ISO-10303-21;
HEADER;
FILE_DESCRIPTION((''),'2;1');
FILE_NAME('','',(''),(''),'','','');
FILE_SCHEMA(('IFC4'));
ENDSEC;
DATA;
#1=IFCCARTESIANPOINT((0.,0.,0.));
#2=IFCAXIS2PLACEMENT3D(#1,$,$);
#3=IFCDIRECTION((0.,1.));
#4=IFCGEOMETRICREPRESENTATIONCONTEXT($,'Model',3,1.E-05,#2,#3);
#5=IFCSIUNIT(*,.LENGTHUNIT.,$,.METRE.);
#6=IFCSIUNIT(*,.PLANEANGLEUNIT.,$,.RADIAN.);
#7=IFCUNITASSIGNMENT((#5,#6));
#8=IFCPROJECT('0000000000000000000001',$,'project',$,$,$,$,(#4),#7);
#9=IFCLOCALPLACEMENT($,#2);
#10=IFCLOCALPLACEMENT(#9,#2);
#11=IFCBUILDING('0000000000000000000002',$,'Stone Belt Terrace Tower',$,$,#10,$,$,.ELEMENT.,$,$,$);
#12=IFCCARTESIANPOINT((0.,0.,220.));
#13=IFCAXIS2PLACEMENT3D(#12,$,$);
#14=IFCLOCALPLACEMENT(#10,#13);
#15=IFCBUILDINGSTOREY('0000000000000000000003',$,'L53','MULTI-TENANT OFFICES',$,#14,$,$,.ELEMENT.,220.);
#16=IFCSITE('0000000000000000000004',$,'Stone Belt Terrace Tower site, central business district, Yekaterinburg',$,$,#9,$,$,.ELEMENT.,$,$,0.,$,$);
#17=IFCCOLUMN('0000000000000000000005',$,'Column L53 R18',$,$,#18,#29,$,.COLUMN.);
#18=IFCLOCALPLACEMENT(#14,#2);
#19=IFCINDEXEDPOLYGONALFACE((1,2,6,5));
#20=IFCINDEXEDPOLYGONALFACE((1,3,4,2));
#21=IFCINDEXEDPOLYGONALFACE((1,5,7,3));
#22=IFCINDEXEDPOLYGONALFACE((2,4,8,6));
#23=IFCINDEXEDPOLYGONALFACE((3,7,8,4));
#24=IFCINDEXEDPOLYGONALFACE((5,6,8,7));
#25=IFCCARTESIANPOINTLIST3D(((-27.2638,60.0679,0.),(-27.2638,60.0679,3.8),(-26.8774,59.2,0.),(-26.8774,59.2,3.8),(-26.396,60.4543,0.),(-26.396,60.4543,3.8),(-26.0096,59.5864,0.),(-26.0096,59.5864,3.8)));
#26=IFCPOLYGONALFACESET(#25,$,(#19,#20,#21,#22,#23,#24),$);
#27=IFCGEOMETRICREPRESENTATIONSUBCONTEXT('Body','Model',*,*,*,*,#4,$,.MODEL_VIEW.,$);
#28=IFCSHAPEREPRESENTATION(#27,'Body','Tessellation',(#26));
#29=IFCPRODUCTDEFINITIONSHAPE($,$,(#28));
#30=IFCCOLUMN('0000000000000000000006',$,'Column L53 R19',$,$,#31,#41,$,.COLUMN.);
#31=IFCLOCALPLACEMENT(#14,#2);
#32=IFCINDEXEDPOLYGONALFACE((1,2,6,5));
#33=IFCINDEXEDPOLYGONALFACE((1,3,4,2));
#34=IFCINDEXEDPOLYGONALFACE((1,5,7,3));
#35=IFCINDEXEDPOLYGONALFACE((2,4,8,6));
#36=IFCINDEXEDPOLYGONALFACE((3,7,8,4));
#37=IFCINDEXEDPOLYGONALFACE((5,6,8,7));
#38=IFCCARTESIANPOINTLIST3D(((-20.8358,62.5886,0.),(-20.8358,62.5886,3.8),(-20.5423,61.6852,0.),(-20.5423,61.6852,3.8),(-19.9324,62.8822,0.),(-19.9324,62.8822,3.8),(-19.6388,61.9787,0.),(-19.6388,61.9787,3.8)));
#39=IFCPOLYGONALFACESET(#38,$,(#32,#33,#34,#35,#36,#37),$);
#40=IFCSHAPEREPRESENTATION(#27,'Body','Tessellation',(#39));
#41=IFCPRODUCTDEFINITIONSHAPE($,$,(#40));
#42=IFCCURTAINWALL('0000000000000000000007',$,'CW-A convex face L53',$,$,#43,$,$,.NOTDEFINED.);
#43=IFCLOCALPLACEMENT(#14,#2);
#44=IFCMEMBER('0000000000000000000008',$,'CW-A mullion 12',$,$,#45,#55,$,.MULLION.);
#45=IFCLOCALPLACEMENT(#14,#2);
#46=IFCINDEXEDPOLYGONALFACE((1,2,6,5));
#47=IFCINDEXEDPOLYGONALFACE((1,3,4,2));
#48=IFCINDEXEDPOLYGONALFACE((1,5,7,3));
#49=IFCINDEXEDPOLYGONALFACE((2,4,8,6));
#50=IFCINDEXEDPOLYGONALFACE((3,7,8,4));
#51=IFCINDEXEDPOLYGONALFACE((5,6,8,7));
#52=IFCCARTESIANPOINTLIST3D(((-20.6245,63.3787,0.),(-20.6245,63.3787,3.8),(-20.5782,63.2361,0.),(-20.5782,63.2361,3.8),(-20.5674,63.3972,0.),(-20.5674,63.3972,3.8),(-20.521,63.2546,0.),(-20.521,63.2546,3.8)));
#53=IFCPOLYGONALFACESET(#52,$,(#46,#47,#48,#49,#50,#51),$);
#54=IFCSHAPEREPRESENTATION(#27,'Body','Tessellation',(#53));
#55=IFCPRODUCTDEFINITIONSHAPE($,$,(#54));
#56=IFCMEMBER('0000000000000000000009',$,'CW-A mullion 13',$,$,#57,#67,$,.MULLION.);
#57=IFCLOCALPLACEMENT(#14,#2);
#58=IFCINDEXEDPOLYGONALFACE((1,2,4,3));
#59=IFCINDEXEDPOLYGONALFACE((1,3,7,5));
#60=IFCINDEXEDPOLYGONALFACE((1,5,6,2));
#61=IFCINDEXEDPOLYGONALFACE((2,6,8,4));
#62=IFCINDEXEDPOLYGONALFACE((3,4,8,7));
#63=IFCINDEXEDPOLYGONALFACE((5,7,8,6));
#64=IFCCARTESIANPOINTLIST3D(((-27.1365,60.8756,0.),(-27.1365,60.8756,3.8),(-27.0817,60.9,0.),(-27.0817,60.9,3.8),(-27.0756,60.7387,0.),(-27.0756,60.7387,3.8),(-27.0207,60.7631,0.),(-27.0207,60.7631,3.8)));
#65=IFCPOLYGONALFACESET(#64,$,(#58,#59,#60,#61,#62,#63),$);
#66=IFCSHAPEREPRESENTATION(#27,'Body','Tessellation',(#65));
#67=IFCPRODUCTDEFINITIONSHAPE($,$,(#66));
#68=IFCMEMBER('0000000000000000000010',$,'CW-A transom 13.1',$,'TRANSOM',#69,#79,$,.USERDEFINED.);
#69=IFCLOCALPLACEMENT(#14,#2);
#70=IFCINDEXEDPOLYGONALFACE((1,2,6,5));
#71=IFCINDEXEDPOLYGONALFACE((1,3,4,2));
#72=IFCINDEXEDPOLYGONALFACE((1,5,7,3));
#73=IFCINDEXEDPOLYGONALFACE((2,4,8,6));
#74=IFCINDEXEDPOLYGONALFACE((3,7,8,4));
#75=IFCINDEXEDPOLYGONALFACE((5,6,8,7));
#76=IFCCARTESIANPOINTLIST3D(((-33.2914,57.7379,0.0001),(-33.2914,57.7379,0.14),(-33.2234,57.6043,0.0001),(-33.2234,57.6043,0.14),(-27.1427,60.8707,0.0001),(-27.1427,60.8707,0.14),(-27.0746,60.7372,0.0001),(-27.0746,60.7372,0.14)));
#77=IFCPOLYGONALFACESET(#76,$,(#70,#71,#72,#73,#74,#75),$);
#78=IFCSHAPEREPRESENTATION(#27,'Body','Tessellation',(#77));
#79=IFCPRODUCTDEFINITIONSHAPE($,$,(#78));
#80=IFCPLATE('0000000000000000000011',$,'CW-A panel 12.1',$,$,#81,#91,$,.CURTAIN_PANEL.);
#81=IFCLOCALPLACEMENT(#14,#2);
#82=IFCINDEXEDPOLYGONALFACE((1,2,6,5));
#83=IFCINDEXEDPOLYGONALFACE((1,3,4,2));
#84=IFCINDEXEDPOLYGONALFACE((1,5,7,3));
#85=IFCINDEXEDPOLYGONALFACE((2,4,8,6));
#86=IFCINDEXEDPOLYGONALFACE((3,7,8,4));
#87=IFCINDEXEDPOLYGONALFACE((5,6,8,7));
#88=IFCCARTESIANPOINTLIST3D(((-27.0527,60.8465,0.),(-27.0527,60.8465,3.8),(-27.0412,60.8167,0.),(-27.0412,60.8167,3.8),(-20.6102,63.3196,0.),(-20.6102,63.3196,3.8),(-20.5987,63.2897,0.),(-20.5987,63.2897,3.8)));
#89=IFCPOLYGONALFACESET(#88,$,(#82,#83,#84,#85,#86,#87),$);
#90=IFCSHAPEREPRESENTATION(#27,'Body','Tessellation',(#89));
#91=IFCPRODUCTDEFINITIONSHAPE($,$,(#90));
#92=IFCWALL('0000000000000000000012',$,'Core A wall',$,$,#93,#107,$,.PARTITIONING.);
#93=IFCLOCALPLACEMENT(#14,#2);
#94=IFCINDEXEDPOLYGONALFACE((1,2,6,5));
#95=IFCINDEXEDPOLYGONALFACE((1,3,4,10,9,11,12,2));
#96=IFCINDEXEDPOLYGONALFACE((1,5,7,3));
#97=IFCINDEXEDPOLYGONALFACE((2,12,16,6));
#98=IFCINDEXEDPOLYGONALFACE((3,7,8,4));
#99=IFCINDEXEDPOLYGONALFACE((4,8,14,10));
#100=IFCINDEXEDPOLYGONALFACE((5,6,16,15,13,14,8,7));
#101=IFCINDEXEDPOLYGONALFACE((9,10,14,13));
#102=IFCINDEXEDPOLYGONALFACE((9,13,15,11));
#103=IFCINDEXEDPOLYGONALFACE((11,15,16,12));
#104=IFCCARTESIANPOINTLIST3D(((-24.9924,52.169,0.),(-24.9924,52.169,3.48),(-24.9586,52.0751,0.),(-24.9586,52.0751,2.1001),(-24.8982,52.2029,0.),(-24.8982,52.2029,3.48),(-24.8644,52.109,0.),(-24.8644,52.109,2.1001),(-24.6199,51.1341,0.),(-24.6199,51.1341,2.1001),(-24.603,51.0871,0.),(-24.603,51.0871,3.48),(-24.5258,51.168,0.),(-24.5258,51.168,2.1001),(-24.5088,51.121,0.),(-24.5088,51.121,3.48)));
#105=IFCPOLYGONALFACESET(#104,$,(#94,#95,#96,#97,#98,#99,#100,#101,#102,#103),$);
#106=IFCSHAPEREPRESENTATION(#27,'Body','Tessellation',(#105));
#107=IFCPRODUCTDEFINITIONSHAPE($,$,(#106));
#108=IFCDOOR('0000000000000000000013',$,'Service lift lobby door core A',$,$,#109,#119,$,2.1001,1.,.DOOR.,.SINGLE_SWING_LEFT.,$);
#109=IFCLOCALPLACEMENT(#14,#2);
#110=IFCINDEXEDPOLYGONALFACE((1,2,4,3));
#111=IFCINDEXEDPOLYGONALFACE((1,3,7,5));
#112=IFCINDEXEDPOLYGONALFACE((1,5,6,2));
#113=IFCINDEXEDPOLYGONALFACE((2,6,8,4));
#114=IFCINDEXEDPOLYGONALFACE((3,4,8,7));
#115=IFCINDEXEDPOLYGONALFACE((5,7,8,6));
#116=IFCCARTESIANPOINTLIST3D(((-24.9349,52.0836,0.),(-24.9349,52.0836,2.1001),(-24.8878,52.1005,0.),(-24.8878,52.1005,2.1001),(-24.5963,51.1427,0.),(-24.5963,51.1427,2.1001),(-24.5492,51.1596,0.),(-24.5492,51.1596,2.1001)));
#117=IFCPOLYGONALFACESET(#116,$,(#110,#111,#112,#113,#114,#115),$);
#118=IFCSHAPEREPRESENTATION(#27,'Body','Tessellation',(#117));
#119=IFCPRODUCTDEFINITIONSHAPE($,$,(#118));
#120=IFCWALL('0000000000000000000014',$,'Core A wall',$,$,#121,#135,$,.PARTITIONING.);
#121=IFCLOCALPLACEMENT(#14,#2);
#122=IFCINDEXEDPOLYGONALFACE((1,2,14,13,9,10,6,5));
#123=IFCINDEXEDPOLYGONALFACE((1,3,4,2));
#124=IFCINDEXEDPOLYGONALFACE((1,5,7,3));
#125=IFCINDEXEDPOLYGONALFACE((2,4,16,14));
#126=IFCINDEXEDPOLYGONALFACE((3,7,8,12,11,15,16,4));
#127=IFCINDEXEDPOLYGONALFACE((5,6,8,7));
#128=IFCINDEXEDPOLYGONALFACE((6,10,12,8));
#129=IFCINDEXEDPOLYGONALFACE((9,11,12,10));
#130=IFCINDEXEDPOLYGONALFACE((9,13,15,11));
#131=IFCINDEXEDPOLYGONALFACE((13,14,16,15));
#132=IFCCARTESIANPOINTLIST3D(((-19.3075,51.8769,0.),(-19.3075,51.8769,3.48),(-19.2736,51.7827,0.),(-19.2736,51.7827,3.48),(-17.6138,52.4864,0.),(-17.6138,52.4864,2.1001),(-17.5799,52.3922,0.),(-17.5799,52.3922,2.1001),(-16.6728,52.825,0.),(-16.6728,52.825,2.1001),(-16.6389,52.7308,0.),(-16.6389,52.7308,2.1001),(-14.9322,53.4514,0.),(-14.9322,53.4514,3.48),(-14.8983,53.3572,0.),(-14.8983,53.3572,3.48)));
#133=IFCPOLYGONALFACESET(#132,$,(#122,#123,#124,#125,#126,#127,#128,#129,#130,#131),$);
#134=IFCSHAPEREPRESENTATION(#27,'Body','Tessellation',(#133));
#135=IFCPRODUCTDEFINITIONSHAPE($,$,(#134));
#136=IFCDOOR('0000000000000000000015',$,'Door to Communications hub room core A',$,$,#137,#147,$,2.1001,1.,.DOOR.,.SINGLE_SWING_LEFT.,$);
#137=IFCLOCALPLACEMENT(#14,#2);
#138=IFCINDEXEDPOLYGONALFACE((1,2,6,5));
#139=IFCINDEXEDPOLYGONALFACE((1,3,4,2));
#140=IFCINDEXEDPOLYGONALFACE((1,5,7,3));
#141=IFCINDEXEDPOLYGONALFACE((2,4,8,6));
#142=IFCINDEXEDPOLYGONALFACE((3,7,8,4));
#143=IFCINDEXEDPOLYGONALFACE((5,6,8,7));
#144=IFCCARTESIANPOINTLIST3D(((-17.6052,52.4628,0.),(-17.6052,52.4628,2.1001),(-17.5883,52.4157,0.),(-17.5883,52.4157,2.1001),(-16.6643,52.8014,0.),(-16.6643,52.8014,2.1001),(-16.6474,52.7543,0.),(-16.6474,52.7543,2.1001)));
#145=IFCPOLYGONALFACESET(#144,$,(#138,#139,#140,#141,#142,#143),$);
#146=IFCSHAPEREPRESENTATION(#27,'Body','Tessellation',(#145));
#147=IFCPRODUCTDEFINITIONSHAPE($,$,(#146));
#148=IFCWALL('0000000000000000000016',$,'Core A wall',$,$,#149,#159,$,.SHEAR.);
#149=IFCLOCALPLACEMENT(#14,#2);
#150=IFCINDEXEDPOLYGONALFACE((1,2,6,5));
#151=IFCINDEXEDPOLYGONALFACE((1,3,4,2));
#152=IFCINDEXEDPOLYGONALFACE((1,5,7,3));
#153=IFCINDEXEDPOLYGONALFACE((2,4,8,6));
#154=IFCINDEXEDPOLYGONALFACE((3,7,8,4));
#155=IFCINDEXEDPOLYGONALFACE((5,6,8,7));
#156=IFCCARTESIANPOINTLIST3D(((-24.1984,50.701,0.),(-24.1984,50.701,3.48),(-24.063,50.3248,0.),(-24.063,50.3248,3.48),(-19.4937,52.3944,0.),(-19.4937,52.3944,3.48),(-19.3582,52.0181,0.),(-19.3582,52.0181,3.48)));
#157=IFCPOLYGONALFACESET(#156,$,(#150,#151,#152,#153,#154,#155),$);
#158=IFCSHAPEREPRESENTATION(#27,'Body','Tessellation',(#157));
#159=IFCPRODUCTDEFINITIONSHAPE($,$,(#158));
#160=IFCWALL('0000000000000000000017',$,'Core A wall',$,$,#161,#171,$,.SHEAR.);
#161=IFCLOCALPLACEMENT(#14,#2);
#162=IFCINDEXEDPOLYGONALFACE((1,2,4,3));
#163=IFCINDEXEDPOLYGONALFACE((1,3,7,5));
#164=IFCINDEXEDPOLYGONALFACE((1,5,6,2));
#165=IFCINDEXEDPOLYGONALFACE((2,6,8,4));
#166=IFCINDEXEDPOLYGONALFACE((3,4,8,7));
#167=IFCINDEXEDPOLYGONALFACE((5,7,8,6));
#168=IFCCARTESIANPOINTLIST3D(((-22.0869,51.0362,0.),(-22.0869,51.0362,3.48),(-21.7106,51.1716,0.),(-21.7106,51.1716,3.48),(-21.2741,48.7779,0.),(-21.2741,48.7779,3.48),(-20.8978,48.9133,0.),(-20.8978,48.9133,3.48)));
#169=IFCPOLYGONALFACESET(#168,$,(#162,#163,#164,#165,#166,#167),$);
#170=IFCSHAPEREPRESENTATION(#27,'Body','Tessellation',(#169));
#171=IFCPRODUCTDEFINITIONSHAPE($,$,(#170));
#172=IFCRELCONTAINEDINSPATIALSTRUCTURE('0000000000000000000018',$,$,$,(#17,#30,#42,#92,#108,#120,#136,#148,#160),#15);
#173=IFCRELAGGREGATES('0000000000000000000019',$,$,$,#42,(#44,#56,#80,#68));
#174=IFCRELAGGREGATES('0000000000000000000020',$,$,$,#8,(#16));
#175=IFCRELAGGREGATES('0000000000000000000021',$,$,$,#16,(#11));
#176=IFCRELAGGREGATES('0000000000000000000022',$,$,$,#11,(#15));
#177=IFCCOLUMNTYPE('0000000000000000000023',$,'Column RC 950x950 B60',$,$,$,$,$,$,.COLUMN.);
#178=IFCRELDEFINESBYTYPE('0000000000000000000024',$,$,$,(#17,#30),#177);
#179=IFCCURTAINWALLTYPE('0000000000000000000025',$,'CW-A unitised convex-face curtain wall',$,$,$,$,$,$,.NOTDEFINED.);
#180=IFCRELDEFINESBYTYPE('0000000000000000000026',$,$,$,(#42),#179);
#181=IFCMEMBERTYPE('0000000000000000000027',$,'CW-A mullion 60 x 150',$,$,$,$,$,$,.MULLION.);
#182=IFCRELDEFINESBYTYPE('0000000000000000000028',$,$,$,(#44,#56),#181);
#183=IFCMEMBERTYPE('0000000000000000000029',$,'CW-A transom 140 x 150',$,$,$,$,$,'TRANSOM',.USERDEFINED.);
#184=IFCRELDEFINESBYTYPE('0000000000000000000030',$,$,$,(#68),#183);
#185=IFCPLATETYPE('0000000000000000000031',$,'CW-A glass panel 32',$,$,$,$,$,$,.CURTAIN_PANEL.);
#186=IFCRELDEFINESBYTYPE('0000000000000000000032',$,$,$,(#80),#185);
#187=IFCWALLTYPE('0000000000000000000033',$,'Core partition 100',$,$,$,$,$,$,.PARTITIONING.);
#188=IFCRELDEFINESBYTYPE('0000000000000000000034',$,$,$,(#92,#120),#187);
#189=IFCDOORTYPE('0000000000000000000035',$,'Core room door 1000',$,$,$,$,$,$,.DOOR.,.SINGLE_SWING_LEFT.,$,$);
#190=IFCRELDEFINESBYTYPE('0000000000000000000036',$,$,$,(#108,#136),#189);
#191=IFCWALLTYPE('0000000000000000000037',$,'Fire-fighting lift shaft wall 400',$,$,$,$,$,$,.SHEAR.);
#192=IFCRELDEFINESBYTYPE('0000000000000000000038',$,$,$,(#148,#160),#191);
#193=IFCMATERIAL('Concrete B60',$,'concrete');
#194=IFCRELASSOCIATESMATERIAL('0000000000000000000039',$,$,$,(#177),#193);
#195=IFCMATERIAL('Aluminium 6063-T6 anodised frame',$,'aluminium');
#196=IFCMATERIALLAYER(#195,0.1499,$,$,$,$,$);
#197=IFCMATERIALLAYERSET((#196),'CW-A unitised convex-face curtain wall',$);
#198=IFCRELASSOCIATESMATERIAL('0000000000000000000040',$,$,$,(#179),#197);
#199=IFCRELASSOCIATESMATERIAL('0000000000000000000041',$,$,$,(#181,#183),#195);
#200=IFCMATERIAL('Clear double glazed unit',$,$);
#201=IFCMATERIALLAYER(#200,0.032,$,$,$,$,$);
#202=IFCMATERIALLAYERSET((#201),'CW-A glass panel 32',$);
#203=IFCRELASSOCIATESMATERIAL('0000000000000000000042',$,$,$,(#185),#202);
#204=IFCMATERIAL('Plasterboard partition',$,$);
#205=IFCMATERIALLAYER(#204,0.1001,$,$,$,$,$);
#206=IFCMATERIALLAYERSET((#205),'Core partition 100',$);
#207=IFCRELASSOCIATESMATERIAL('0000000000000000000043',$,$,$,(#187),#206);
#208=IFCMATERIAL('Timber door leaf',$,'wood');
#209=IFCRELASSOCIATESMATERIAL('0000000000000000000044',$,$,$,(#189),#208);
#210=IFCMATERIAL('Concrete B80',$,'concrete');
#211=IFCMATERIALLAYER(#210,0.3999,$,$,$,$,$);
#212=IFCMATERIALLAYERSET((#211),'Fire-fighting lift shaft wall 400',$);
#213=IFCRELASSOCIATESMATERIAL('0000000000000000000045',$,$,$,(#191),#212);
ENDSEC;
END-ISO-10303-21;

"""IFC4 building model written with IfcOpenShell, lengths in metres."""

from ifc_helpers import new_model, si_unit, direction, frame, frame_2d, origin, origin_2d, place, context, subcontext, project, spatial, rectangle, extrude, material, layer, layer_set, material_profile, profile_set, type_object, element, fill, aggregate, save


model = new_model("IFC4")

# Units and contexts
model_context = context("Model", 3, precision=1e-05, world=origin(), true_north=direction((0.0, 1.0)))
body_context = subcontext(model_context, "Body", "Model", "MODEL_VIEW")
ifc_project = project(units=[si_unit("LENGTHUNIT", "METRE"), si_unit("PLANEANGLEUNIT", "RADIAN")], contexts=[model_context])

# Site, building, storey
site_placement = place(None, origin())
site = spatial("IfcSite", under=ifc_project, at=site_placement, Name="Stone Belt Terrace Tower site, central business district, Yekaterinburg", CompositionType="ELEMENT", RefElevation=0.0)
building_placement = place(site_placement, origin())
building = spatial("IfcBuilding", under=site, at=building_placement, Name="Stone Belt Terrace Tower", CompositionType="ELEMENT")
storey_placement = place(building_placement, frame((0.0, 0.0, 220.0)))
storey = spatial("IfcBuildingStorey", under=building, at=storey_placement, Name="L53", Description="MULTI-TENANT OFFICES", CompositionType="ELEMENT", Elevation=220.0)

# Columns
ifc_material_1 = material(Name="Concrete B60", Category="concrete")
ifc_material_profile_1 = material_profile(ifc_material_1, rectangle(XDim=0.95, YDim=0.95, at=origin_2d()), Name="RC 950x950")
ifc_profile_set_1 = profile_set([ifc_material_profile_1], Name="Concrete B60")
column_type = type_object("IfcColumnType", Name="Column RC 950x950 B60", PredefinedType="COLUMN", material=ifc_profile_set_1)
for number, where, z_axis, x_axis, name in (
    (1, (-26.6367, 59.8271, 0.0), (0.0, 0.0, 1.0), (0.913545, 0.406737, 0.0), "Column L53 R18"),
    (2, (-20.2373, 62.2837, 0.0), (0.0, 0.0, 1.0), (0.951057, 0.309017, 0.0), "Column L53 R19"),
):
    element("IfcColumn", number, at=place(storey_placement, frame(where, z_axis=z_axis, x_axis=x_axis)), inside=storey, type_object=column_type, Name=name, PredefinedType="COLUMN", context=body_context, shape_type="SweptSolid", body=[
        extrude(rectangle(XDim=0.95, YDim=0.95, at=origin_2d()), origin(), (0.0, 0.0, 1.0), 3.8),
    ])

# Curtain wall, members, plate
ifc_material_2 = material(Name="Aluminium 6063-T6 anodised frame", Category="aluminium")
ifc_layer_1 = layer(ifc_material_2, 0.1499)
ifc_layer_set_1 = layer_set([ifc_layer_1], Name="CW-A unitised convex-face curtain wall")
curtain_wall_type = type_object("IfcCurtainWallType", Name="CW-A unitised convex-face curtain wall", PredefinedType="NOTDEFINED", material=ifc_layer_set_1)
curtain_wall_placement = place(storey_placement, origin())
curtain_wall = element("IfcCurtainWall", 3, at=curtain_wall_placement, inside=storey, type_object=curtain_wall_type, Name="CW-A convex face L53", PredefinedType="NOTDEFINED")
ifc_material_profile_2 = material_profile(ifc_material_2, rectangle(XDim=0.1499, YDim=0.0601, at=origin_2d()), Name="Aluminium 6063-T6 60x150")
ifc_profile_set_2 = profile_set([ifc_material_profile_2], Name="Aluminium 6063-T6 anodised frame")
member_type_1 = type_object("IfcMemberType", Name="CW-A mullion 60 x 150", PredefinedType="MULLION", material=ifc_profile_set_2)
member_1_placement = place(storey_placement, frame((-20.5728, 63.3167, 0.0), z_axis=(0.0, 0.0, 1.0), x_axis=(0.309017, -0.951057, 0.0)))
member_1 = element("IfcMember", 4, at=member_1_placement, type_object=member_type_1, Name="CW-A mullion 12", PredefinedType="MULLION", context=body_context, shape_type="SweptSolid", body=[
    extrude(rectangle(XDim=0.1499, YDim=0.0601, at=origin_2d()), origin(), (0.0, 0.0, 1.0), 3.8),
])
member_2_placement = place(storey_placement, frame((-27.0786, 60.8193, 0.0), z_axis=(0.0, 0.0, 1.0), x_axis=(0.406737, -0.913545, 0.0)))
member_2 = element("IfcMember", 5, at=member_2_placement, type_object=member_type_1, Name="CW-A mullion 13", PredefinedType="MULLION", context=body_context, shape_type="SweptSolid", body=[
    extrude(rectangle(XDim=0.1499, YDim=0.0601, at=origin_2d()), origin(), (0.0, 0.0, 1.0), 3.8),
])
ifc_material_profile_3 = material_profile(ifc_material_2, rectangle(XDim=0.1499, YDim=0.1399, at=origin_2d()), Name="Aluminium 6063-T6 150x140")
ifc_profile_set_3 = profile_set([ifc_material_profile_3], Name="Aluminium 6063-T6 anodised frame")
member_type_2 = type_object("IfcMemberType", Name="CW-A transom 140 x 150", ElementType="TRANSOM", PredefinedType="USERDEFINED", material=ifc_profile_set_3)
member_3_placement = place(storey_placement, frame((-27.1086, 60.804, 0.0701), z_axis=(-0.891012, -0.453979, 0.0), x_axis=(0.453979, -0.891012, 0.0)))
member_3 = element("IfcMember", 6, at=member_3_placement, type_object=member_type_2, Name="CW-A transom 13.1", ObjectType="TRANSOM", PredefinedType="USERDEFINED", context=body_context, shape_type="SweptSolid", body=[
    extrude(rectangle(XDim=0.1499, YDim=0.1399, at=origin_2d()), origin(), (0.0, 0.0, 1.0), 6.9009),
])
ifc_material_3 = material(Name="Clear double glazed unit")
ifc_layer_2 = layer(ifc_material_3, 0.032)
ifc_layer_set_2 = layer_set([ifc_layer_2], Name="CW-A glass panel 32")
plate_type = type_object("IfcPlateType", Name="CW-A glass panel 32", PredefinedType="CURTAIN_PANEL", material=ifc_layer_set_2)
plate_placement = place(storey_placement, frame((-23.8257, 62.0681, 0.0), z_axis=(0.0, 0.0, 1.0), x_axis=(-0.93358, -0.358368, 0.0)))
plate = element("IfcPlate", 7, at=plate_placement, type_object=plate_type, Name="CW-A panel 12.1", PredefinedType="CURTAIN_PANEL", context=body_context, shape_type="SweptSolid", body=[
    extrude(rectangle(XDim=6.9009, YDim=0.032, at=origin_2d()), origin(), (0.0, 0.0, 1.0), 3.8),
])
aggregate(curtain_wall, [member_1, member_2, plate, member_3])

# Walls, openings, doors
ifc_material_4 = material(Name="Plasterboard partition")
ifc_layer_3 = layer(ifc_material_4, 0.1001)
ifc_layer_set_3 = layer_set([ifc_layer_3], Name="Core partition 100")
wall_type_1 = type_object("IfcWallType", Name="Core partition 100", PredefinedType="PARTITIONING", material=ifc_layer_set_3)
wall_1_placement = place(storey_placement, frame((-24.5559, 51.104, 0.0), z_axis=(0.0, 0.0, 1.0), x_axis=(-0.338622, 0.940923, 0.0)))
wall_1 = element("IfcWall", 8, at=wall_1_placement, inside=storey, type_object=wall_type_1, Name="Core A wall", PredefinedType="PARTITIONING", context=body_context, shape_type="SweptSolid", body=[
    extrude(rectangle(XDim=1.1499, YDim=0.1001, at=frame_2d((0.575, 0.0))), origin(), (0.0, 0.0, 1.0), 3.48),
])
opening_1_placement = place(wall_1_placement, frame((0.05, 0.0, 0.0)))
opening_1 = element("IfcOpeningElement", 9, at=opening_1_placement, cuts=wall_1, PredefinedType="OPENING", context=body_context, shape_type="SweptSolid", body=[
    extrude(rectangle(XDim=1.0, YDim=2.1001, at=frame_2d((0.5, 1.05))), frame((0.0, 0.0601, 0.0), z_axis=(0.0, -1.0, 0.0), x_axis=(1.0, 0.0, 0.0)), (0.0, 0.0, 1.0), 0.1201),
])
ifc_material_5 = material(Name="Timber door leaf", Category="wood")
door_type_1 = type_object("IfcDoorType", Name="Core room door 1000", OperationType="SINGLE_SWING_LEFT", PredefinedType="DOOR", material=ifc_material_5)
door_1_placement = place(opening_1_placement, origin())
door_1 = element("IfcDoor", 10, at=door_1_placement, inside=storey, type_object=door_type_1, Name="Service lift lobby door core A", OperationType="SINGLE_SWING_LEFT", OverallHeight=2.1001, OverallWidth=1.0, PredefinedType="DOOR", context=body_context, shape_type="SweptSolid", body=[
    extrude(rectangle(XDim=1.0, YDim=2.1001, at=frame_2d((0.5, 1.05))), frame((0.0, 0.0249, 0.0), z_axis=(0.0, -1.0, 0.0), x_axis=(1.0, 0.0, 0.0)), (0.0, 0.0, 1.0), 0.05),
])
fill(opening_1, door_1)
wall_2_placement = place(storey_placement, frame((-19.2905, 51.8298, 0.0), z_axis=(0.0, 0.0, 1.0), x_axis=(0.94093, 0.3386, 0.0)))
wall_2 = element("IfcWall", 11, at=wall_2_placement, inside=storey, type_object=wall_type_1, Name="Core A wall", PredefinedType="PARTITIONING", context=body_context, shape_type="SweptSolid", body=[
    extrude(rectangle(XDim=4.6499, YDim=0.1001, at=frame_2d((2.325, 0.0))), origin(), (0.0, 0.0, 1.0), 3.48),
])
opening_2_placement = place(wall_2_placement, frame((1.8, 0.0, 0.0)))
opening_2 = element("IfcOpeningElement", 12, at=opening_2_placement, cuts=wall_2, PredefinedType="OPENING", context=body_context, shape_type="SweptSolid", body=[
    extrude(rectangle(XDim=1.0, YDim=2.1001, at=frame_2d((0.5, 1.05))), frame((0.0, 0.0601, 0.0), z_axis=(0.0, -1.0, 0.0), x_axis=(1.0, 0.0, 0.0)), (0.0, 0.0, 1.0), 0.1201),
])
door_2_placement = place(opening_2_placement, origin())
door_2 = element("IfcDoor", 13, at=door_2_placement, inside=storey, type_object=door_type_1, Name="Door to Communications hub room core A", OperationType="SINGLE_SWING_LEFT", OverallHeight=2.1001, OverallWidth=1.0, PredefinedType="DOOR", context=body_context, shape_type="SweptSolid", body=[
    extrude(rectangle(XDim=1.0, YDim=2.1001, at=frame_2d((0.5, 1.05))), frame((0.0, 0.0249, 0.0), z_axis=(0.0, -1.0, 0.0), x_axis=(1.0, 0.0, 0.0)), (0.0, 0.0, 1.0), 0.05),
])
fill(opening_2, door_2)

# Walls
ifc_material_6 = material(Name="Concrete B80", Category="concrete")
ifc_layer_4 = layer(ifc_material_6, 0.3999)
ifc_layer_set_4 = layer_set([ifc_layer_4], Name="Fire-fighting lift shaft wall 400")
wall_type_2 = type_object("IfcWallType", Name="Fire-fighting lift shaft wall 400", PredefinedType="SHEAR", material=ifc_layer_set_4)
wall_3_placement = place(storey_placement, frame((-24.1306, 50.5129, 0.0), z_axis=(0.0, 0.0, 1.0), x_axis=(0.940912, 0.338652, 0.0)))
element("IfcWall", 14, at=wall_3_placement, inside=storey, type_object=wall_type_2, Name="Core A wall", PredefinedType="SHEAR", context=body_context, shape_type="SweptSolid", body=[
    extrude(rectangle(XDim=5.0002, YDim=0.3999, at=frame_2d((2.5, 0.0))), origin(), (0.0, 0.0, 1.0), 3.48),
])
wall_4_placement = place(storey_placement, frame((-21.0859, 48.8455, 0.0), z_axis=(0.0, 0.0, 1.0), x_axis=(-0.338629, 0.94092, 0.0)))
element("IfcWall", 15, at=wall_4_placement, inside=storey, type_object=wall_type_2, Name="Core A wall", PredefinedType="SHEAR", context=body_context, shape_type="SweptSolid", body=[
    extrude(rectangle(XDim=2.4001, YDim=0.3999, at=frame_2d((1.2002, 0.0))), origin(), (0.0, 0.0, 1.0), 3.48),
])

save(model, "model.ifc")
